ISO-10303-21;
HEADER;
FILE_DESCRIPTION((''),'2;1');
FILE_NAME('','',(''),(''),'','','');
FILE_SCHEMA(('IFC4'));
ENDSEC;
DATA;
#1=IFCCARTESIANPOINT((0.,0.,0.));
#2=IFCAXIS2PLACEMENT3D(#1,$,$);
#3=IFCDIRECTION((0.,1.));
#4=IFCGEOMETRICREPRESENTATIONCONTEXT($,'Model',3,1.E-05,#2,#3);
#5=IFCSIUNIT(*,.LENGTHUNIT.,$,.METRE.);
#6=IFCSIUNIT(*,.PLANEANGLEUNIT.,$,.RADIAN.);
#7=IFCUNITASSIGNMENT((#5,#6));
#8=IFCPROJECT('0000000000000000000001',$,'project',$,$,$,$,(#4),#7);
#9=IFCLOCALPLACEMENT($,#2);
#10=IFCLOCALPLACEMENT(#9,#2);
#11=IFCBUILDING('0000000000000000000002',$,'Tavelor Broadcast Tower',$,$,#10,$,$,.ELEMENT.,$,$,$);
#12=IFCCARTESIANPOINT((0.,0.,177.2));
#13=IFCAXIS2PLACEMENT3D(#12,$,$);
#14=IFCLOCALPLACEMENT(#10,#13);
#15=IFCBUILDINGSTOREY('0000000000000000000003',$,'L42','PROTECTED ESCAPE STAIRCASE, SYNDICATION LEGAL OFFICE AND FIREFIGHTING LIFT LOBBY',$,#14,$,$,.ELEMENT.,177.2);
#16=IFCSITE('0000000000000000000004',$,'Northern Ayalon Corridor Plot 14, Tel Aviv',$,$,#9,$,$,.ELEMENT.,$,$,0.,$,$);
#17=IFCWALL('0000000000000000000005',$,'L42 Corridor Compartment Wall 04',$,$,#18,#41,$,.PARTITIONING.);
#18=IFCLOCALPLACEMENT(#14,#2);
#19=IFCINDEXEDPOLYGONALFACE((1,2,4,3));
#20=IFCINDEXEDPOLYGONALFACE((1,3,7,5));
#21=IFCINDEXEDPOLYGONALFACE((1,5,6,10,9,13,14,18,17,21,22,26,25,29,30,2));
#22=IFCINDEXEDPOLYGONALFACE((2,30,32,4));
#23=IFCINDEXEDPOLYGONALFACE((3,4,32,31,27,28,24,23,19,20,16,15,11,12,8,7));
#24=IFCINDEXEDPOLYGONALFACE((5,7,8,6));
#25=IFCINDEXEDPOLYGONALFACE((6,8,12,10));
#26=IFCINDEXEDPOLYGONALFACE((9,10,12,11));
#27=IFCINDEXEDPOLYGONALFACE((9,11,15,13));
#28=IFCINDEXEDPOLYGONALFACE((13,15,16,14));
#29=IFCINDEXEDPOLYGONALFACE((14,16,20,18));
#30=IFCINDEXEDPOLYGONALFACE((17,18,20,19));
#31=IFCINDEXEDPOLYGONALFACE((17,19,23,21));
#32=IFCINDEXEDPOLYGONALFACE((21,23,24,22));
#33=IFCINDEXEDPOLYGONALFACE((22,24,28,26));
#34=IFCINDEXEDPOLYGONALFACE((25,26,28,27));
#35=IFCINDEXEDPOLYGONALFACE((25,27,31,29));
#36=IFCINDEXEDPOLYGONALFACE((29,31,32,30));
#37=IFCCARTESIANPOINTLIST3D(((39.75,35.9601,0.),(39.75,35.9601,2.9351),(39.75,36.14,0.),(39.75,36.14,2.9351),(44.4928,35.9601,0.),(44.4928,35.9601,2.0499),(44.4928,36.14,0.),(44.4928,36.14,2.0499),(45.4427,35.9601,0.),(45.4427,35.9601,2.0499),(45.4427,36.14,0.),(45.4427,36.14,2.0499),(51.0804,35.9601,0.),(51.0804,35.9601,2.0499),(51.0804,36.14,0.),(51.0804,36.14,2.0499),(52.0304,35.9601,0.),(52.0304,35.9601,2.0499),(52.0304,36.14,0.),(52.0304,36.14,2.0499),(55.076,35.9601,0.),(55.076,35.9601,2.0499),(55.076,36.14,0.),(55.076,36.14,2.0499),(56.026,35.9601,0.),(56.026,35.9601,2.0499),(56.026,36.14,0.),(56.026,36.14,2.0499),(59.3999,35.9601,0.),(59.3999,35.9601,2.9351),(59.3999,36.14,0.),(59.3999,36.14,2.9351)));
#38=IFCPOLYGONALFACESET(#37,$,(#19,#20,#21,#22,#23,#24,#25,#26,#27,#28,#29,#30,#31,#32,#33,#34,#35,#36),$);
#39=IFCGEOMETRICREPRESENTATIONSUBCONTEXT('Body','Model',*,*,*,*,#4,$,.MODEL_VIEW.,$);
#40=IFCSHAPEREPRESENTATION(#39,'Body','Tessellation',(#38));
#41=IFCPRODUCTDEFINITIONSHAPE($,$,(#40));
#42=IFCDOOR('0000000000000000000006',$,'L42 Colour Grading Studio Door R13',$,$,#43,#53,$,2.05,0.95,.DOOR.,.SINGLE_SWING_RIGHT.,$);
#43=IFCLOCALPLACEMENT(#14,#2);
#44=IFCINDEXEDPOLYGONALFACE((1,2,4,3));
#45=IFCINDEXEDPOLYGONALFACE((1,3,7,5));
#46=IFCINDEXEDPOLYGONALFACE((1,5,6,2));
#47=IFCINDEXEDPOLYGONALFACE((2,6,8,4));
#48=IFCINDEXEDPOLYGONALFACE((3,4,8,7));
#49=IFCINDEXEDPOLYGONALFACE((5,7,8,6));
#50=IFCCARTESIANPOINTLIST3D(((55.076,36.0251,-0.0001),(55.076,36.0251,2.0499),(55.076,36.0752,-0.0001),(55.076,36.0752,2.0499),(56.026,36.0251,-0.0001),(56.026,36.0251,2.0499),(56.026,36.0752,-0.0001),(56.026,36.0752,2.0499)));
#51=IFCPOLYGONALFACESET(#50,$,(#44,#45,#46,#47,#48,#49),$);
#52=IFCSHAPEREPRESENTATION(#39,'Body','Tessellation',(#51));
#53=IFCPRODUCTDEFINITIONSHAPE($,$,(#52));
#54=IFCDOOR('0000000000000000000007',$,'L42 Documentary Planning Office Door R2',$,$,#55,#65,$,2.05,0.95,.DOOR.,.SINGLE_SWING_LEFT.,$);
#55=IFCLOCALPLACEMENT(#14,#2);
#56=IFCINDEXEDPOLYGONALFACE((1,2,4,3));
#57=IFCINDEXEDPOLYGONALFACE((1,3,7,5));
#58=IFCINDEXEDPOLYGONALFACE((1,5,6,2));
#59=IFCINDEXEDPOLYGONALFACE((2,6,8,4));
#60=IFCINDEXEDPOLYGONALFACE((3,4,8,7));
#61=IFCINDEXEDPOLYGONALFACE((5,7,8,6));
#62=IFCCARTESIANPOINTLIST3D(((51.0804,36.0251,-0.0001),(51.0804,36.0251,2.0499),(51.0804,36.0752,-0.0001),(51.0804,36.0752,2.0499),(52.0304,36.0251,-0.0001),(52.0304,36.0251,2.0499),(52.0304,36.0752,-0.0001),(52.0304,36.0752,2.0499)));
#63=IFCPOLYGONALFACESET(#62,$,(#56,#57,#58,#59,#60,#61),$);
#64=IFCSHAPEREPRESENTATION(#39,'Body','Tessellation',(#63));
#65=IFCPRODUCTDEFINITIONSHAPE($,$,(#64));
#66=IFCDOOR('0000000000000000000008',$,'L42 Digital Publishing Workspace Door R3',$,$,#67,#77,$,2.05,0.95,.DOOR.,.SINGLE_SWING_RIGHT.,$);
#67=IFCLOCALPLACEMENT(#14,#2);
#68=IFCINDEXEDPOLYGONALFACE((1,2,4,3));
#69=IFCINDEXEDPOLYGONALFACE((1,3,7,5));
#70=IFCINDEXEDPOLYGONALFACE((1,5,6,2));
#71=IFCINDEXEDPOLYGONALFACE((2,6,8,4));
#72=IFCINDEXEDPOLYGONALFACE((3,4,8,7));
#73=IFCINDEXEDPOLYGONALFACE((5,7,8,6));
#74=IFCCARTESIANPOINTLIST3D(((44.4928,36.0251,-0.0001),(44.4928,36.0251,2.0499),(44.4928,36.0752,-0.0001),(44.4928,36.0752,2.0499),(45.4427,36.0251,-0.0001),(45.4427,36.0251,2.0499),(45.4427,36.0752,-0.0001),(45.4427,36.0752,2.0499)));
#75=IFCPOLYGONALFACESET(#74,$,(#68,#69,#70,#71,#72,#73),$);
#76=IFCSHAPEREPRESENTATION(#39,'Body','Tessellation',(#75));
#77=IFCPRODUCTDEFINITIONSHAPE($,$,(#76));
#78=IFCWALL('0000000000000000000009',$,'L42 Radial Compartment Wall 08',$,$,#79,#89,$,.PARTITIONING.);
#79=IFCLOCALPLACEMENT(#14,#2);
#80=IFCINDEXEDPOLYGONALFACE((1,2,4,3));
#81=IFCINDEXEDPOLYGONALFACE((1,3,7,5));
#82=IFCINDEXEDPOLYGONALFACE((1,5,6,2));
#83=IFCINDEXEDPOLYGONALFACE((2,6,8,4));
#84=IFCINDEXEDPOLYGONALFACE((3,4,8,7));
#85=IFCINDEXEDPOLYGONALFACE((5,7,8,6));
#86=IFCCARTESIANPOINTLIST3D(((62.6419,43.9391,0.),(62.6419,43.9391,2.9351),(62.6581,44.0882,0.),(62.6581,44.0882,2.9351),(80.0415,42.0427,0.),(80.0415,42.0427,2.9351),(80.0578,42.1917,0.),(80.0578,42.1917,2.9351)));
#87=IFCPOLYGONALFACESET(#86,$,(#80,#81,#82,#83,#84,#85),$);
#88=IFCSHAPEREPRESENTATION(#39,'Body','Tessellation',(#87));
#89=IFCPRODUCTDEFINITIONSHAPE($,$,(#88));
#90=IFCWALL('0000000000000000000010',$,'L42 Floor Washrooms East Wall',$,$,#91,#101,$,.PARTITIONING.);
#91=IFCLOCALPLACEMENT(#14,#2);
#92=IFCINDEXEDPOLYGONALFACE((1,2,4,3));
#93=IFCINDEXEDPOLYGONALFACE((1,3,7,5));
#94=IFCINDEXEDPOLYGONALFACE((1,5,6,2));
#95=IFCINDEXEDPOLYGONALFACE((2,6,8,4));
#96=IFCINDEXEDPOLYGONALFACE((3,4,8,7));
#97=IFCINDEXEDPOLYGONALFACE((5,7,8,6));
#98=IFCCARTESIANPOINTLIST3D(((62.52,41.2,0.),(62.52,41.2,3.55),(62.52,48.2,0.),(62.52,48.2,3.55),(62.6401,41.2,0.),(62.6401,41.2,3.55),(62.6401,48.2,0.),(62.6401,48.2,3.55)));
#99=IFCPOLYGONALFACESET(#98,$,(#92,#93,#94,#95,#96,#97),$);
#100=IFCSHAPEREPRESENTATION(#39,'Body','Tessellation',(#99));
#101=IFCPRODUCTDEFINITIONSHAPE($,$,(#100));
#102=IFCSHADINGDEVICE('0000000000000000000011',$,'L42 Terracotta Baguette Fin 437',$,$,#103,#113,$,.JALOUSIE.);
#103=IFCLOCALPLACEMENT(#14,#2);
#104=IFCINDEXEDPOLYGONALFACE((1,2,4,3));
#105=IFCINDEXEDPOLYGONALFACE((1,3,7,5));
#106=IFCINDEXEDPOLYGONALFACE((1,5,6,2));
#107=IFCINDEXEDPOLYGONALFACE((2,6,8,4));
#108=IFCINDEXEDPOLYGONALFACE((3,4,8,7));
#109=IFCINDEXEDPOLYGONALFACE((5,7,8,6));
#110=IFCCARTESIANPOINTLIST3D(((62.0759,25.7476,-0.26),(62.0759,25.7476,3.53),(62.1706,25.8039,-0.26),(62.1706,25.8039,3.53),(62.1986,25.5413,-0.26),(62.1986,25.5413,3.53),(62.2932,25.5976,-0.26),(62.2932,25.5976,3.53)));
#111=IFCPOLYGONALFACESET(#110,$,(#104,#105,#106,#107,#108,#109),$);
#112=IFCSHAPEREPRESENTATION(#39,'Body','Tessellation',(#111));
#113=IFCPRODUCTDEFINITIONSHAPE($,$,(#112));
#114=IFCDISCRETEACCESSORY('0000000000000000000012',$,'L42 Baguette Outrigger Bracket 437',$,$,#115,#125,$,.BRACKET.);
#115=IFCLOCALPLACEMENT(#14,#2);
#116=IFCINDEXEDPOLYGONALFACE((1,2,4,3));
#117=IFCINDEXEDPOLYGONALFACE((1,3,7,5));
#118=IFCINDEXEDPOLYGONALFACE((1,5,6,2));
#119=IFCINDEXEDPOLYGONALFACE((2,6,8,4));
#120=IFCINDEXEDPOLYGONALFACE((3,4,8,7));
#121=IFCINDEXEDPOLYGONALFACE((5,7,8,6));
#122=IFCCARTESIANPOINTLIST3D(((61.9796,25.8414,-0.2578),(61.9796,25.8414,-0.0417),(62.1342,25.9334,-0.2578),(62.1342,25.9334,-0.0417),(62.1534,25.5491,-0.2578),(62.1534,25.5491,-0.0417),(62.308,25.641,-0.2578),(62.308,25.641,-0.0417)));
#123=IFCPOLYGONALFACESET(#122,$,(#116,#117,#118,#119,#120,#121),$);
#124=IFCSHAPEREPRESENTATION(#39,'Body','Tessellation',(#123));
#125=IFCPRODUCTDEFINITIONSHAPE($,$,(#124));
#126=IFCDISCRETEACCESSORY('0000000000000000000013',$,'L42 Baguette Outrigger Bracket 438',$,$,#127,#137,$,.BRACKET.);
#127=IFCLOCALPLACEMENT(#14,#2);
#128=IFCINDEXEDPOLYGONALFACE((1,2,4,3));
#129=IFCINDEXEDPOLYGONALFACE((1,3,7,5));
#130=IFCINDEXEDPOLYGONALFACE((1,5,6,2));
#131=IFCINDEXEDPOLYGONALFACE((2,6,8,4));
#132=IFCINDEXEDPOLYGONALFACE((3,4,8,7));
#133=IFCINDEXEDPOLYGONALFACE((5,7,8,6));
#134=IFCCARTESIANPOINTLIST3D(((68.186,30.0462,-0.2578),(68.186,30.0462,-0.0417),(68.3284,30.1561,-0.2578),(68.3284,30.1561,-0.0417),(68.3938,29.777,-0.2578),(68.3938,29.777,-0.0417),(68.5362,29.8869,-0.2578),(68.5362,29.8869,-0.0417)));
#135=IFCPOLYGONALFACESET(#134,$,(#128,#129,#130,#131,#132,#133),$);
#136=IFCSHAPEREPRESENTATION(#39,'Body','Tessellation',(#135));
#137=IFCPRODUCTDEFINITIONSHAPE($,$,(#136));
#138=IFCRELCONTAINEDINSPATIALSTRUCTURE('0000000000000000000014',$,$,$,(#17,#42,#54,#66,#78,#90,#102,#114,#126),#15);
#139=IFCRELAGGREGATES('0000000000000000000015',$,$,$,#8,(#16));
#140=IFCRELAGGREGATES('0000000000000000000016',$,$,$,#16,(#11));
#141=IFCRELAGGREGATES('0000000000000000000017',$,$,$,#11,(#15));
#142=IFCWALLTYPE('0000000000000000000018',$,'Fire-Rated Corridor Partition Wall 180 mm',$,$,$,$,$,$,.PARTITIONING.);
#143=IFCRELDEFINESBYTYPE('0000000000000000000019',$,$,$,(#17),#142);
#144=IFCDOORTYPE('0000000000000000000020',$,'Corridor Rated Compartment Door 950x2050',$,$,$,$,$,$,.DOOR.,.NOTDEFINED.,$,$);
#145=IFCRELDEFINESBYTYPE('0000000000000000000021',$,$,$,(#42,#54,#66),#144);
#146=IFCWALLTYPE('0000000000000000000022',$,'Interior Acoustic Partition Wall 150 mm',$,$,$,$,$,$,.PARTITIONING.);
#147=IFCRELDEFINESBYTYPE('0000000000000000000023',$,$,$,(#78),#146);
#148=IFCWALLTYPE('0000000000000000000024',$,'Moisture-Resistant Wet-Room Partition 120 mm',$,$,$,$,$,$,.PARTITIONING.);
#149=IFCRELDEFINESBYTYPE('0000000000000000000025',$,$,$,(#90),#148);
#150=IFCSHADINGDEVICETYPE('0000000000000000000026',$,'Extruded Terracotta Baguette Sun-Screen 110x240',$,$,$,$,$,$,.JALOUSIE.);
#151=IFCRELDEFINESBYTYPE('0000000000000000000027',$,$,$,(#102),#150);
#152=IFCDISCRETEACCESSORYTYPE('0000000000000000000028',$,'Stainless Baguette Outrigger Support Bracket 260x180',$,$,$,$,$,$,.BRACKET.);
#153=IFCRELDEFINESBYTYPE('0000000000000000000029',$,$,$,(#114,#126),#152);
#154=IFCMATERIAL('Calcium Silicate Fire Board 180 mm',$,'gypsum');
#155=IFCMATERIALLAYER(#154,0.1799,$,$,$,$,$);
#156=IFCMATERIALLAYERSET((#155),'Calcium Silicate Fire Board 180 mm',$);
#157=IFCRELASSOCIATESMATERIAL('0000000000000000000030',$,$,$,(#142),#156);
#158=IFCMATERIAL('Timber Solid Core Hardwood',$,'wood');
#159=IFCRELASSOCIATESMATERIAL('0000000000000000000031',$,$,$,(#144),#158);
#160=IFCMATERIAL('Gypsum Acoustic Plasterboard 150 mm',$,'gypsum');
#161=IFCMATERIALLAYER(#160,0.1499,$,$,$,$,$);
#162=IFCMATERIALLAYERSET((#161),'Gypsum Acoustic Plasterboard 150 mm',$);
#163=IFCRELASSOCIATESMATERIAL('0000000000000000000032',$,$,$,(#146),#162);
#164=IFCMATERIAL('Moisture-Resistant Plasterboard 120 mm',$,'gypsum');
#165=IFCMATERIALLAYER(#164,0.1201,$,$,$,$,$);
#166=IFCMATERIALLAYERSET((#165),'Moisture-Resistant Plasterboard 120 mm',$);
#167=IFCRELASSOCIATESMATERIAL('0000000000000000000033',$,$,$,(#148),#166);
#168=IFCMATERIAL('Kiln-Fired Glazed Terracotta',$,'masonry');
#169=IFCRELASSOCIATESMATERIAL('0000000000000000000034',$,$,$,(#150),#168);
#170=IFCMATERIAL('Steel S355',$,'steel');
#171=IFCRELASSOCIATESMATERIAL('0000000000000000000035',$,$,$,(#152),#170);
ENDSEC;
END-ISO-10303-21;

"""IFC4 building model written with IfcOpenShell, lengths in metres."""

from ifc_helpers import new_model, si_unit, direction, frame, frame_2d, origin, origin_2d, place, context, subcontext, project, spatial, rectangle, extrude, source, transform, mapped, material, layer, layer_set, type_object, type_shapes, element, fill, save


model = new_model("IFC4")

# Units and contexts
model_context = context("Model", 3, precision=1e-05, world=origin(), true_north=direction((0.0, 1.0)))
body_context = subcontext(model_context, "Body", "Model", "MODEL_VIEW")
ifc_project = project(units=[si_unit("LENGTHUNIT", "METRE"), si_unit("PLANEANGLEUNIT", "RADIAN")], contexts=[model_context])

# Site, building, storey
site_placement = place(None, origin())
site = spatial("IfcSite", under=ifc_project, at=site_placement, Name="Northern Ayalon Corridor Plot 14, Tel Aviv", CompositionType="ELEMENT", RefElevation=0.0)
building_placement = place(site_placement, origin())
building = spatial("IfcBuilding", under=site, at=building_placement, Name="Tavelor Broadcast Tower", CompositionType="ELEMENT")
storey_placement = place(building_placement, frame((0.0, 0.0, 177.2)))
storey = spatial("IfcBuildingStorey", under=building, at=storey_placement, Name="L42", Description="PROTECTED ESCAPE STAIRCASE, SYNDICATION LEGAL OFFICE AND FIREFIGHTING LIFT LOBBY", CompositionType="ELEMENT", Elevation=177.2)

# Shared definitions
ifc_material_1 = material(Name="Steel S355", Category="steel")

# Wall, openings, doors
ifc_material_2 = material(Name="Calcium Silicate Fire Board 180 mm", Category="gypsum")
ifc_layer_1 = layer(ifc_material_2, 0.1799)
ifc_layer_set_1 = layer_set([ifc_layer_1], Name="Calcium Silicate Fire Board 180 mm")
wall_type_1 = type_object("IfcWallType", Name="Fire-Rated Corridor Partition Wall 180 mm", PredefinedType="PARTITIONING", material=ifc_layer_set_1)
wall_1_placement = place(storey_placement, frame((59.3999, 36.05, 0.0), z_axis=(0.0, 0.0, 1.0), x_axis=(-1.0, 0.0, 0.0)))
wall_1 = element("IfcWall", 1, at=wall_1_placement, inside=storey, type_object=wall_type_1, Name="L42 Corridor Compartment Wall 04", PredefinedType="PARTITIONING", context=body_context, shape_type="SweptSolid", body=[
    extrude(rectangle(XDim=19.6499, YDim=0.1799, at=frame_2d((9.825, 0.0))), origin(), (0.0, 0.0, 1.0), 2.9351),
])
opening_1_placement = place(wall_1_placement, frame((3.3738, 0.0, 0.0)))
opening_1 = element("IfcOpeningElement", 2, at=opening_1_placement, cuts=wall_1, PredefinedType="OPENING", context=body_context, shape_type="SweptSolid", body=[
    extrude(rectangle(XDim=0.95, YDim=2.05, at=frame_2d((0.4751, 1.0249))), frame((0.0, 0.1001, 0.0), z_axis=(0.0, -1.0, 0.0), x_axis=(1.0, 0.0, 0.0)), (0.0, 0.0, 1.0), 0.2),
])
opening_2_placement = place(wall_1_placement, frame((7.3694, 0.0, 0.0)))
opening_2 = element("IfcOpeningElement", 3, at=opening_2_placement, cuts=wall_1, PredefinedType="OPENING", context=body_context, shape_type="SweptSolid", body=[
    extrude(rectangle(XDim=0.95, YDim=2.05, at=frame_2d((0.4751, 1.0249))), frame((0.0, 0.1001, 0.0), z_axis=(0.0, -1.0, 0.0), x_axis=(1.0, 0.0, 0.0)), (0.0, 0.0, 1.0), 0.2),
])
opening_3_placement = place(wall_1_placement, frame((13.957, 0.0, 0.0)))
opening_3 = element("IfcOpeningElement", 4, at=opening_3_placement, cuts=wall_1, PredefinedType="OPENING", context=body_context, shape_type="SweptSolid", body=[
    extrude(rectangle(XDim=0.95, YDim=2.05, at=frame_2d((0.4751, 1.0249))), frame((0.0, 0.1001, 0.0), z_axis=(0.0, -1.0, 0.0), x_axis=(1.0, 0.0, 0.0)), (0.0, 0.0, 1.0), 0.2),
])
ifc_material_3 = material(Name="Timber Solid Core Hardwood", Category="wood")
door_type = type_object("IfcDoorType", Name="Corridor Rated Compartment Door 950x2050", OperationType="NOTDEFINED", PredefinedType="DOOR", material=ifc_material_3)
door_1_placement = place(opening_1_placement, origin())
door_1 = element("IfcDoor", 5, at=door_1_placement, inside=storey, type_object=door_type, Name="L42 Colour Grading Studio Door R13", OperationType="SINGLE_SWING_RIGHT", OverallHeight=2.05, OverallWidth=0.95, PredefinedType="DOOR", context=body_context, shape_type="SweptSolid", body=[
    extrude(rectangle(XDim=0.95, YDim=2.05, at=frame_2d((0.4751, 1.0249))), frame((0.0, 0.0249, 0.0), z_axis=(0.0, -1.0, 0.0), x_axis=(1.0, 0.0, 0.0)), (0.0, 0.0, 1.0), 0.05),
])
fill(opening_1, door_1)
door_2_placement = place(opening_2_placement, origin())
door_2 = element("IfcDoor", 6, at=door_2_placement, inside=storey, type_object=door_type, Name="L42 Documentary Planning Office Door R2", OperationType="SINGLE_SWING_LEFT", OverallHeight=2.05, OverallWidth=0.95, PredefinedType="DOOR", context=body_context, shape_type="SweptSolid", body=[
    extrude(rectangle(XDim=0.95, YDim=2.05, at=frame_2d((0.4751, 1.0249))), frame((0.0, 0.0249, 0.0), z_axis=(0.0, -1.0, 0.0), x_axis=(1.0, 0.0, 0.0)), (0.0, 0.0, 1.0), 0.05),
])
fill(opening_2, door_2)
door_3_placement = place(opening_3_placement, origin())
door_3 = element("IfcDoor", 7, at=door_3_placement, inside=storey, type_object=door_type, Name="L42 Digital Publishing Workspace Door R3", OperationType="SINGLE_SWING_RIGHT", OverallHeight=2.05, OverallWidth=0.95, PredefinedType="DOOR", context=body_context, shape_type="SweptSolid", body=[
    extrude(rectangle(XDim=0.95, YDim=2.05, at=frame_2d((0.4751, 1.0249))), frame((0.0, 0.0249, 0.0), z_axis=(0.0, -1.0, 0.0), x_axis=(1.0, 0.0, 0.0)), (0.0, 0.0, 1.0), 0.05),
])
fill(opening_3, door_3)

# Walls
ifc_material_4 = material(Name="Gypsum Acoustic Plasterboard 150 mm", Category="gypsum")
ifc_layer_2 = layer(ifc_material_4, 0.1499)
ifc_layer_set_2 = layer_set([ifc_layer_2], Name="Gypsum Acoustic Plasterboard 150 mm")
wall_type_2 = type_object("IfcWallType", Name="Interior Acoustic Partition Wall 150 mm", PredefinedType="PARTITIONING", material=ifc_layer_set_2)
wall_2_placement = place(storey_placement, frame((62.6499, 44.0137, 0.0), z_axis=(0.0, 0.0, 1.0), x_axis=(0.994112, -0.108354, 0.0)))
element("IfcWall", 8, at=wall_2_placement, inside=storey, type_object=wall_type_2, Name="L42 Radial Compartment Wall 08", PredefinedType="PARTITIONING", context=body_context, shape_type="SweptSolid", body=[
    extrude(rectangle(XDim=17.5027, YDim=0.1499, at=frame_2d((8.7515, 0.0))), origin(), (0.0, 0.0, 1.0), 2.9351),
])
ifc_material_5 = material(Name="Moisture-Resistant Plasterboard 120 mm", Category="gypsum")
ifc_layer_3 = layer(ifc_material_5, 0.1201)
ifc_layer_set_3 = layer_set([ifc_layer_3], Name="Moisture-Resistant Plasterboard 120 mm")
wall_type_3 = type_object("IfcWallType", Name="Moisture-Resistant Wet-Room Partition 120 mm", PredefinedType="PARTITIONING", material=ifc_layer_set_3)
wall_3_placement = place(storey_placement, frame((62.5801, 41.2, 0.0), z_axis=(0.0, 0.0, 1.0), x_axis=(0.0, 1.0, 0.0)))
element("IfcWall", 9, at=wall_3_placement, inside=storey, type_object=wall_type_3, Name="L42 Floor Washrooms East Wall", PredefinedType="PARTITIONING", context=body_context, shape_type="SweptSolid", body=[
    extrude(rectangle(XDim=7.0, YDim=0.1201, at=frame_2d((3.5, 0.0))), origin(), (0.0, 0.0, 1.0), 3.55),
])

# Shading device
ifc_material_6 = material(Name="Kiln-Fired Glazed Terracotta", Category="masonry")
shading_device_type = type_object("IfcShadingDeviceType", Name="Extruded Terracotta Baguette Sun-Screen 110x240", PredefinedType="JALOUSIE", material=ifc_material_6)
shared_shape_1 = source(origin(), body_context, "Body", "SweptSolid", [
    extrude(rectangle(XDim=0.1101, YDim=0.24, at=origin_2d()), origin(), (0.0, 0.0, 1.0), 3.79),
])
type_shapes(shading_device_type, [shared_shape_1])
shading_device_placement = place(storey_placement, frame((62.1846, 25.6726, -0.26), z_axis=(0.0, 0.0, 1.0), x_axis=(0.859585, 0.510993, 0.0)))
element("IfcShadingDevice", 10, at=shading_device_placement, inside=storey, type_object=shading_device_type, Name="L42 Terracotta Baguette Fin 437", PredefinedType="JALOUSIE", context=body_context, shape_type="MappedRepresentation", body=[
    mapped(shared_shape_1, transform((0.0, 0.0, 0.0), scale=1.0)),
])

# Discrete accessories
discrete_accessory_type = type_object("IfcDiscreteAccessoryType", Name="Stainless Baguette Outrigger Support Bracket 260x180", PredefinedType="BRACKET", material=ifc_material_1)
shared_shape_2 = source(origin(), body_context, "Body", "SweptSolid", [
    extrude(rectangle(XDim=0.1799, YDim=0.3401, at=origin_2d()), origin(), (0.0, 0.0, 1.0), 0.2161),
])
type_shapes(discrete_accessory_type, [shared_shape_2])
for number, where, z_axis, x_axis, name in (
    (11, (62.1438, 25.7412, -0.2578), (0.0, 0.0, 1.0), (0.859585, 0.510993, 0.0), "L42 Baguette Outrigger Bracket 437"),
    (12, (68.3611, 29.9666, -0.2578), (0.0, 0.0, 1.0), (0.791544, 0.611113, 0.0), "L42 Baguette Outrigger Bracket 438"),
):
    element("IfcDiscreteAccessory", number, at=place(storey_placement, frame(where, z_axis=z_axis, x_axis=x_axis)), inside=storey, type_object=discrete_accessory_type, Name=name, PredefinedType="BRACKET", context=body_context, shape_type="MappedRepresentation", body=[
        mapped(shared_shape_2, transform((0.0, 0.0, 0.0), scale=1.0)),
    ])

save(model, "model.ifc")
